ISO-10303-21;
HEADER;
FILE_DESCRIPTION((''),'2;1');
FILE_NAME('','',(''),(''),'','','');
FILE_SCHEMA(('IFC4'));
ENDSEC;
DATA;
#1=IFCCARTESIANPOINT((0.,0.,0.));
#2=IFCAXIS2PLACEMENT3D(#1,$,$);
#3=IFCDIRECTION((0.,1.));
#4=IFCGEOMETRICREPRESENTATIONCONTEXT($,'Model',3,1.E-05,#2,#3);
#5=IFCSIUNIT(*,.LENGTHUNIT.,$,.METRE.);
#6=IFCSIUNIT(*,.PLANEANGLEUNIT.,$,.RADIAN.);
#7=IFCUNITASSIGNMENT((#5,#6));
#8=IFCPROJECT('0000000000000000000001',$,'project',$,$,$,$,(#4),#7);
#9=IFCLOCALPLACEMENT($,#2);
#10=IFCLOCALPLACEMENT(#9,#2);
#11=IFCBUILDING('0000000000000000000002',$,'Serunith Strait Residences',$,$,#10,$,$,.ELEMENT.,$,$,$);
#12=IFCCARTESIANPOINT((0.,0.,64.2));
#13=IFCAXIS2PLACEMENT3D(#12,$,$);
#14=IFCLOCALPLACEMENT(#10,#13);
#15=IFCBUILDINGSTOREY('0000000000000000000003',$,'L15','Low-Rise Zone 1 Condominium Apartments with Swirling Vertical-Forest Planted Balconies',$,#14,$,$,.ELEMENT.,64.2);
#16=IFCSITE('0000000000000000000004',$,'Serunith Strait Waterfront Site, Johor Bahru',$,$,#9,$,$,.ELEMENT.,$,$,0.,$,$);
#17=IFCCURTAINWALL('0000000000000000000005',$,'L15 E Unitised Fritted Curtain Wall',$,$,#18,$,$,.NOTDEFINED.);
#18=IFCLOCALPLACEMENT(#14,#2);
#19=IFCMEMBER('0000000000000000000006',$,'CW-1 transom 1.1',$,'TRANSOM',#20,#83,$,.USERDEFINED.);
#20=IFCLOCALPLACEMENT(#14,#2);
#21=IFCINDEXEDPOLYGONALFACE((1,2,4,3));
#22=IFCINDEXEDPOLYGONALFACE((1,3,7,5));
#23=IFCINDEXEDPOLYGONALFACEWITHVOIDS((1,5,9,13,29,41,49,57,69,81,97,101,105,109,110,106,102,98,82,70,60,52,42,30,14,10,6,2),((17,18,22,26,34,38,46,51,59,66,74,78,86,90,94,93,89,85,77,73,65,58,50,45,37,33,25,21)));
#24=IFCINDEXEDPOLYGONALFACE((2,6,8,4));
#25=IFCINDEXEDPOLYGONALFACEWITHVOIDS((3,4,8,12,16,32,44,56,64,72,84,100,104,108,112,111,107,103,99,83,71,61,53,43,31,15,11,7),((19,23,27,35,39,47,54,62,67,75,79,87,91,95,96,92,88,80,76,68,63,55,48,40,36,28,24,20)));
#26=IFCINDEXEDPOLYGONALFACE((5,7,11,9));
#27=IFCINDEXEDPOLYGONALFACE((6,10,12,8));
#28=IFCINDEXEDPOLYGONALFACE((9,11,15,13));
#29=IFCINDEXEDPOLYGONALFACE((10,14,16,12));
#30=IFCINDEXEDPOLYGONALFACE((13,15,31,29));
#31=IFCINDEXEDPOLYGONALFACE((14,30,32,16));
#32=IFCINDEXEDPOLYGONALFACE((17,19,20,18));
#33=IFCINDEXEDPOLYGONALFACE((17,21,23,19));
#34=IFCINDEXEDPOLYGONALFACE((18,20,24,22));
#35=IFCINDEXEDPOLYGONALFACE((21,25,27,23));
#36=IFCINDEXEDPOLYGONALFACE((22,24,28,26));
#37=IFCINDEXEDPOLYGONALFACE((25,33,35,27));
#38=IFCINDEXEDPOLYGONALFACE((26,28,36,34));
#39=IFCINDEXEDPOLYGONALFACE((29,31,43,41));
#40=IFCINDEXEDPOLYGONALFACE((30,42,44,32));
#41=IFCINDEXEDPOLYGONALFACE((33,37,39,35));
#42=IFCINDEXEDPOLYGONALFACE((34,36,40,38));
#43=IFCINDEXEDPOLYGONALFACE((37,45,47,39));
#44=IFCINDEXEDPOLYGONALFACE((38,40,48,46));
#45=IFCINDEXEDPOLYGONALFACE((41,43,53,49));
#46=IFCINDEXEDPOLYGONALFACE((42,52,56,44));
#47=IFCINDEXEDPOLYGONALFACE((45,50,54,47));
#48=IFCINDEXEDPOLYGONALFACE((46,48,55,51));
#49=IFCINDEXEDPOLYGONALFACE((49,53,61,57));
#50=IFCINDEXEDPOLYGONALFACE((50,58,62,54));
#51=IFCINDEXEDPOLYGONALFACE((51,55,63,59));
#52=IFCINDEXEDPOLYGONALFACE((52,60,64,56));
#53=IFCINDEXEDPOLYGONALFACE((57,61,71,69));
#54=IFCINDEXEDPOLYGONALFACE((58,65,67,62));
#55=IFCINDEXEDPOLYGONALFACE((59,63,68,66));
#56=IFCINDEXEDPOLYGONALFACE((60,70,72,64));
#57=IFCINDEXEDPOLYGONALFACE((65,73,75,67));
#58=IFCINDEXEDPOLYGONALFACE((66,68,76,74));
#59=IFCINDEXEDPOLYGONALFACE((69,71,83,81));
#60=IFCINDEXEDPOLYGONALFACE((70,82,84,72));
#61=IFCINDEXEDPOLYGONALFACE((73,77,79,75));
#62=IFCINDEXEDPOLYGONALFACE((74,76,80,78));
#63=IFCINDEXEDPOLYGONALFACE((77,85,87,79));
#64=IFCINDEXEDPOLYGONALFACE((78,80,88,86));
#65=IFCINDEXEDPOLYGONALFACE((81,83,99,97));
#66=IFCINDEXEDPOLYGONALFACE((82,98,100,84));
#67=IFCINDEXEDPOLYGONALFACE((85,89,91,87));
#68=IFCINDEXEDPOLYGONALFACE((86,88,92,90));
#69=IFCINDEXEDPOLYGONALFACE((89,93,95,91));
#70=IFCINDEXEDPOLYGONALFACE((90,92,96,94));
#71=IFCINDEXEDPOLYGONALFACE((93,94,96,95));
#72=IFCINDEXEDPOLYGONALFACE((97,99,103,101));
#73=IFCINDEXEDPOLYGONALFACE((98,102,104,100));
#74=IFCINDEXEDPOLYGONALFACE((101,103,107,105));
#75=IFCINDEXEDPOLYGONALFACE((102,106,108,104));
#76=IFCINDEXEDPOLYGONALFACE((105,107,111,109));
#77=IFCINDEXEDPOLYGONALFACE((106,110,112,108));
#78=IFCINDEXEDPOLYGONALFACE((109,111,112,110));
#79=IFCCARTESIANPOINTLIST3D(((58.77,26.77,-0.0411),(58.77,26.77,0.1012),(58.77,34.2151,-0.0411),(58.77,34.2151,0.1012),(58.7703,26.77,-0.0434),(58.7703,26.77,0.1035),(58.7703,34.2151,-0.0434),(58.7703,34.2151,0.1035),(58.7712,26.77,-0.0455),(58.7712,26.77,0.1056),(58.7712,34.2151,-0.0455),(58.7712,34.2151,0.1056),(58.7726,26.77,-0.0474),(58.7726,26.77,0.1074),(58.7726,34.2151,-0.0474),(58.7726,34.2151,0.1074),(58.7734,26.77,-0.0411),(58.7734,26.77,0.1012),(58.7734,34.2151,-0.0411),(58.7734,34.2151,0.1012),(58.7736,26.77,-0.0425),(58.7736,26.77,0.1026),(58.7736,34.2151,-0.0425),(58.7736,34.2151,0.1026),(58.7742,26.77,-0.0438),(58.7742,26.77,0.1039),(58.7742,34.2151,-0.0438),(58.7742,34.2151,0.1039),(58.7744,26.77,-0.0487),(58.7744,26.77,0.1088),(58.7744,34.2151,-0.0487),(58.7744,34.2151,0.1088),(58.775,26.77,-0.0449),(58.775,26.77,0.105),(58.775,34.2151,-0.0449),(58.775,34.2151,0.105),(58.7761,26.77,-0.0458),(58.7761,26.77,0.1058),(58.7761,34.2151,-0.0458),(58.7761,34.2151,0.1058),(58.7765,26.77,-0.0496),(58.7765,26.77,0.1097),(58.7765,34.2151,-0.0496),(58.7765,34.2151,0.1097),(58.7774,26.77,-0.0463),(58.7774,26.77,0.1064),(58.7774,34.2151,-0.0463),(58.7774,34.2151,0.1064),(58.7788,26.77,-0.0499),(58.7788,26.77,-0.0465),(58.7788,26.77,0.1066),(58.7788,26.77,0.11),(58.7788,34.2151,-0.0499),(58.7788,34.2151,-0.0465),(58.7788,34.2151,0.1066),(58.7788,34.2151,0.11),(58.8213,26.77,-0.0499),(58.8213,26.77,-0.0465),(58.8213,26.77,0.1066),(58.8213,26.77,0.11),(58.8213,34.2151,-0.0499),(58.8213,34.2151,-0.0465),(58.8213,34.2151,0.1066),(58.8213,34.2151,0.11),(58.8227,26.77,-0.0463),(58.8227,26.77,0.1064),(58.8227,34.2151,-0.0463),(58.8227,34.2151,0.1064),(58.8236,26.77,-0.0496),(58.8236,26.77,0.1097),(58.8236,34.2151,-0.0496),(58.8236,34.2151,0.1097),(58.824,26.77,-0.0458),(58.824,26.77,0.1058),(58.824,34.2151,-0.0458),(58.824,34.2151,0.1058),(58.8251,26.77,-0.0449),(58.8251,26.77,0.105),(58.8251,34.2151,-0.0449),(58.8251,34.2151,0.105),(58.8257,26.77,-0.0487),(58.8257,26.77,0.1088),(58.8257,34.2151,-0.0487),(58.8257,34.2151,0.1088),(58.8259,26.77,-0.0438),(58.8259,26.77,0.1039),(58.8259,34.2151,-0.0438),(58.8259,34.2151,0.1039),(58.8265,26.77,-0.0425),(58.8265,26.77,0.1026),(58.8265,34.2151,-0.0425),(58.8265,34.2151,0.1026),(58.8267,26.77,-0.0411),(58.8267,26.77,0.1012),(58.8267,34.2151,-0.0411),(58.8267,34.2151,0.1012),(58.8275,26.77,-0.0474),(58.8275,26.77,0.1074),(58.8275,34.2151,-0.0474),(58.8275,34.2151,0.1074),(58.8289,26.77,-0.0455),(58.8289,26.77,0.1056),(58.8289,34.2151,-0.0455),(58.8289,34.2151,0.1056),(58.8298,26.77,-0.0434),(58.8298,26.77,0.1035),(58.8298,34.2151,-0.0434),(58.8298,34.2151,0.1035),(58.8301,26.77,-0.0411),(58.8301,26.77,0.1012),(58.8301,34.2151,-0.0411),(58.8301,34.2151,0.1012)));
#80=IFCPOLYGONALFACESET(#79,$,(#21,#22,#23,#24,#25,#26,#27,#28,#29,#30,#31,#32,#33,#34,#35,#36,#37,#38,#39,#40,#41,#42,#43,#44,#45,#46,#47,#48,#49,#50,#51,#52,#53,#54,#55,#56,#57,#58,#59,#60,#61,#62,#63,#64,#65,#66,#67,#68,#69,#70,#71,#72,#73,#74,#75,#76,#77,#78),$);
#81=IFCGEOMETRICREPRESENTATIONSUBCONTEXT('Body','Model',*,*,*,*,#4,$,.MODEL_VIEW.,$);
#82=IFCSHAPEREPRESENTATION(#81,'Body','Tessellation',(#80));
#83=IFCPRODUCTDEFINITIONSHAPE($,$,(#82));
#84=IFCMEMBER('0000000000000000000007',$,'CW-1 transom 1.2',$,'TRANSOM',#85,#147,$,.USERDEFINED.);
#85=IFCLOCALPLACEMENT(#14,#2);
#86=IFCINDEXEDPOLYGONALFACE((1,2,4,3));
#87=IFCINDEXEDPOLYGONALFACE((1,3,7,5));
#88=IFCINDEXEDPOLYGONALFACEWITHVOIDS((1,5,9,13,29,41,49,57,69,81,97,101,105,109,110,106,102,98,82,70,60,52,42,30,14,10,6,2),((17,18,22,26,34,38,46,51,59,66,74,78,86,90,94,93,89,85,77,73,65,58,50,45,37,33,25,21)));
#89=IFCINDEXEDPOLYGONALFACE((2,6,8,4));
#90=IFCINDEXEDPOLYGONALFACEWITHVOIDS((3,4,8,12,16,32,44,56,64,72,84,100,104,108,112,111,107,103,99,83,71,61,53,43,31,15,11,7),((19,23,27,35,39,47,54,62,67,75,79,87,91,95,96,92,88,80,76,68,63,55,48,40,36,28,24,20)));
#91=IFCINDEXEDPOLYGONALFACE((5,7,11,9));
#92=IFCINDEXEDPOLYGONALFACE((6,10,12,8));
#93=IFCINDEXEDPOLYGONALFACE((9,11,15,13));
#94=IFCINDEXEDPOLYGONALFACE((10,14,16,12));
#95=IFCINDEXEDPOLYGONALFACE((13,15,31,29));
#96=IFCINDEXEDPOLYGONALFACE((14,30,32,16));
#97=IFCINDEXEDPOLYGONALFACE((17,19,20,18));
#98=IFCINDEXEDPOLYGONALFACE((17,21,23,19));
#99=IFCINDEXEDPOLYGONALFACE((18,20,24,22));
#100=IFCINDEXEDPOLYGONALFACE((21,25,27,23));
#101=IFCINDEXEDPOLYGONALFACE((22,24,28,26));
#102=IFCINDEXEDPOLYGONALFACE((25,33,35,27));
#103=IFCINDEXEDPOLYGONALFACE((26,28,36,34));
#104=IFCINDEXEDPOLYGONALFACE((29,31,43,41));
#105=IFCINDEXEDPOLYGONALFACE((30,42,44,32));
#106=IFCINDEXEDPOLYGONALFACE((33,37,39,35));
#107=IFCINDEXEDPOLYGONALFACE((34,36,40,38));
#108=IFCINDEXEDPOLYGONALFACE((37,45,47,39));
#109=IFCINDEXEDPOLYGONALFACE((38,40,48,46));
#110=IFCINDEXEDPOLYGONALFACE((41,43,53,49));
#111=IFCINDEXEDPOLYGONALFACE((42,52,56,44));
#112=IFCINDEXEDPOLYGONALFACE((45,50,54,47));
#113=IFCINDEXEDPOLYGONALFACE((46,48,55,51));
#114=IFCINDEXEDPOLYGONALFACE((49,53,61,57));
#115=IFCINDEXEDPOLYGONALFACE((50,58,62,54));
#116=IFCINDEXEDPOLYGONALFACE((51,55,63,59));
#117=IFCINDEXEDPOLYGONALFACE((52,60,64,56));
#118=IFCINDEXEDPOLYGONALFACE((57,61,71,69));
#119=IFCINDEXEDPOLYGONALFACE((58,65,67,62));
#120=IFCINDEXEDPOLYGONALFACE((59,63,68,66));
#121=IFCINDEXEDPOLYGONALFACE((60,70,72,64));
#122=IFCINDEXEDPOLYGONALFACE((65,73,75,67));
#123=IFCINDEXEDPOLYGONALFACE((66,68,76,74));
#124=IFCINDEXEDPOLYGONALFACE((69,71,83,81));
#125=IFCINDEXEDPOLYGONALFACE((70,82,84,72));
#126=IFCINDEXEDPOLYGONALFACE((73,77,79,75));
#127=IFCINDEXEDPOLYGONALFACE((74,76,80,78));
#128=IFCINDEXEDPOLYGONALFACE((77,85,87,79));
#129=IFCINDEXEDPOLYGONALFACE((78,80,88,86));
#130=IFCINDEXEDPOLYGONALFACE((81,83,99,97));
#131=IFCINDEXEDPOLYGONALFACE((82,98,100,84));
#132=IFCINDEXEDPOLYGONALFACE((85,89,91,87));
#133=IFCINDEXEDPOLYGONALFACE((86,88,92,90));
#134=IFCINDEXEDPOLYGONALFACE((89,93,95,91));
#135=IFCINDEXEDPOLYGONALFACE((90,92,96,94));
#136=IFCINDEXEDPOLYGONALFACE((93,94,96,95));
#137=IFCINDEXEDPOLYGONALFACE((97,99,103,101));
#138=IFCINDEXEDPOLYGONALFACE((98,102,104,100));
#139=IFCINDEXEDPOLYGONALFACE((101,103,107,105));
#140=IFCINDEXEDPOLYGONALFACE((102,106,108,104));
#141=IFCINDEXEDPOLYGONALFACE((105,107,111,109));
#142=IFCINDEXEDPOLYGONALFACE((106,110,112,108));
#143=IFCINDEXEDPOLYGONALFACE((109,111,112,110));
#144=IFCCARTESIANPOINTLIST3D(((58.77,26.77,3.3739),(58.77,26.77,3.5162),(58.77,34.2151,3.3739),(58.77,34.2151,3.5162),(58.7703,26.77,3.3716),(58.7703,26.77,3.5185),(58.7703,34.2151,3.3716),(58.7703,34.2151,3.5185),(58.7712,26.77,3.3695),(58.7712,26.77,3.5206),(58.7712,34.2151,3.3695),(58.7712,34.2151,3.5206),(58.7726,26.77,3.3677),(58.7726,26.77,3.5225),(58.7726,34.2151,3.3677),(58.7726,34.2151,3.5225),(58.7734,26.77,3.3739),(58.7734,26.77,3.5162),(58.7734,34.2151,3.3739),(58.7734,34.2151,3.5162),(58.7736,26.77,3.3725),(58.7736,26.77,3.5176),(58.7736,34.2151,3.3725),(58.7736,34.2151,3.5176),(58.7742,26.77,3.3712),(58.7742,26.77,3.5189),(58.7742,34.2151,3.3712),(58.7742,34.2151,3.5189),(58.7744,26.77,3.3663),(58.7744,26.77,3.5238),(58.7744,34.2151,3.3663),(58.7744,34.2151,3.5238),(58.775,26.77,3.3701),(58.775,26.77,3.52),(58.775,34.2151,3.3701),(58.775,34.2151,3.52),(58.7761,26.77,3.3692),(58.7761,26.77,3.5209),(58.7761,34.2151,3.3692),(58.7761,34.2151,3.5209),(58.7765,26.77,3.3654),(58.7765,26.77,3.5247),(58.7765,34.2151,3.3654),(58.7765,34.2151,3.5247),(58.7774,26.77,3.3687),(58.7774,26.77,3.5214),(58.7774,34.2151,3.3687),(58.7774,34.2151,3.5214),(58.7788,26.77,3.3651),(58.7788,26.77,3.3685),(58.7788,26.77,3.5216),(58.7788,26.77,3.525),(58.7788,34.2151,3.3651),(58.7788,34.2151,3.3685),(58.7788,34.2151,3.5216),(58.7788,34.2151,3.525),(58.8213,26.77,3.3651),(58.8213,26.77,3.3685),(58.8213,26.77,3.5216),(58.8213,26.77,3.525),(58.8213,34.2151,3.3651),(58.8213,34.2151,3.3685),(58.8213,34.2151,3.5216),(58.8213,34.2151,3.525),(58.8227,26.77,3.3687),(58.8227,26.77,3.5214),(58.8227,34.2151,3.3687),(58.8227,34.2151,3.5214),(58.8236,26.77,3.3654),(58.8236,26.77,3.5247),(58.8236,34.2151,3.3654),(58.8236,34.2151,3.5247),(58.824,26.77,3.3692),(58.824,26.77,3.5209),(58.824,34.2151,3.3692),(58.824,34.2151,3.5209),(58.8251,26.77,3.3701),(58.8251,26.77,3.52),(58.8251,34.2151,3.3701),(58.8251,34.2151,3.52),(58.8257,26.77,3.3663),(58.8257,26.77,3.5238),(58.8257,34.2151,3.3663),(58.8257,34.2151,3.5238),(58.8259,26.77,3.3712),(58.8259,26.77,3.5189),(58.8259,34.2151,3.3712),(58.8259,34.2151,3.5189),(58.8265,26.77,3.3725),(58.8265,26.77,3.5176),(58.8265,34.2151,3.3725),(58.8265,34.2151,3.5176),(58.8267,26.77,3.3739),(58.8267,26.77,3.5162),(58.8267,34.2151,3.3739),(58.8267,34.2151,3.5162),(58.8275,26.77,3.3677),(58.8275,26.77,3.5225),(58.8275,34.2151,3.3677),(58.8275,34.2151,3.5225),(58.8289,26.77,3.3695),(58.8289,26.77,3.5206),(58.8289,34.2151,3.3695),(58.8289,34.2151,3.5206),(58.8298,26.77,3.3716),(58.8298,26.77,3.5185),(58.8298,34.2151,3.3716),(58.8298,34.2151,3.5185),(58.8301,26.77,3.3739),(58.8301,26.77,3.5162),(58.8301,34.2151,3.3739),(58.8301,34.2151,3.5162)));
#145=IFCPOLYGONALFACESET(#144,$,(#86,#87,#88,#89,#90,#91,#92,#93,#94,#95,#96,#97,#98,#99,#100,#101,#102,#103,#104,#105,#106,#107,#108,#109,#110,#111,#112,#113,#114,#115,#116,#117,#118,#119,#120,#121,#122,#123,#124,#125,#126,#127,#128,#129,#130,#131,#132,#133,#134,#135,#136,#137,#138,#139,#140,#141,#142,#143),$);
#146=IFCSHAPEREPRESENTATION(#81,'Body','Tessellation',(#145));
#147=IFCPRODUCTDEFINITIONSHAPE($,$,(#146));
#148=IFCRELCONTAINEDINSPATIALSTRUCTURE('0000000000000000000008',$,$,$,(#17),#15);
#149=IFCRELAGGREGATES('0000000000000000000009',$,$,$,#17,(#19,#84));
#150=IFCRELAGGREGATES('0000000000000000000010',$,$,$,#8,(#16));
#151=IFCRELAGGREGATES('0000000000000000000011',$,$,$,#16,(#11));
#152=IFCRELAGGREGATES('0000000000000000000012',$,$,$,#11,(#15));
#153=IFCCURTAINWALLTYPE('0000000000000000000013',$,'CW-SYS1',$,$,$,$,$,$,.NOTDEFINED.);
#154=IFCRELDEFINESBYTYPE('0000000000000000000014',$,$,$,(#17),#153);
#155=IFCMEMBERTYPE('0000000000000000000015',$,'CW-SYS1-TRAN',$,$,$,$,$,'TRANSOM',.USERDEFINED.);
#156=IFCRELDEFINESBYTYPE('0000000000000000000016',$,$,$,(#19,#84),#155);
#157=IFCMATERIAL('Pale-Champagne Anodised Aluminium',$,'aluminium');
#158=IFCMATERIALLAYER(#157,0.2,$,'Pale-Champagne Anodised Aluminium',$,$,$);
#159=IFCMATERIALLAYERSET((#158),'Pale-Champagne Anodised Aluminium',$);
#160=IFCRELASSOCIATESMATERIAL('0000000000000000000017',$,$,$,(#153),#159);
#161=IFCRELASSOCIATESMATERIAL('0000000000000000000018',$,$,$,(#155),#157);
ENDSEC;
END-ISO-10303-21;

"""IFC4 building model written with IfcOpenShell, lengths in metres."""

from ifc_helpers import new_model, si_unit, direction, frame, origin, origin_2d, place, context, subcontext, project, spatial, hollow_rectangle, extrude, source, transform, mapped, material, layer, layer_set, material_profile, profile_set, type_object, element, aggregate, save


model = new_model("IFC4")

# Units and contexts
model_context = context("Model", 3, precision=1e-05, world=origin(), true_north=direction((0.0, 1.0)))
body_context = subcontext(model_context, "Body", "Model", "MODEL_VIEW")
ifc_project = project(units=[si_unit("LENGTHUNIT", "METRE"), si_unit("PLANEANGLEUNIT", "RADIAN")], contexts=[model_context])

# Site, building, storey
site_placement = place(None, origin())
site = spatial("IfcSite", under=ifc_project, at=site_placement, Name="Serunith Strait Waterfront Site, Johor Bahru", CompositionType="ELEMENT", RefElevation=0.0)
building_placement = place(site_placement, origin())
building = spatial("IfcBuilding", under=site, at=building_placement, Name="Serunith Strait Residences", CompositionType="ELEMENT")
storey_placement = place(building_placement, frame((0.0, 0.0, 64.2)))
storey = spatial("IfcBuildingStorey", under=building, at=storey_placement, Name="L15", Description="Low-Rise Zone 1 Condominium Apartments with Swirling Vertical-Forest Planted Balconies", CompositionType="ELEMENT", Elevation=64.2)

# Curtain wall, members
ifc_material_1 = material(Name="Pale-Champagne Anodised Aluminium", Category="aluminium")
ifc_layer_1 = layer(ifc_material_1, 0.2, Name="Pale-Champagne Anodised Aluminium")
ifc_layer_set_1 = layer_set([ifc_layer_1], Name="Pale-Champagne Anodised Aluminium")
curtain_wall_type = type_object("IfcCurtainWallType", Name="CW-SYS1", PredefinedType="NOTDEFINED", material=ifc_layer_set_1)
curtain_wall_placement = place(storey_placement, origin())
curtain_wall = element("IfcCurtainWall", 1, at=curtain_wall_placement, inside=storey, type_object=curtain_wall_type, Name="L15 E Unitised Fritted Curtain Wall", PredefinedType="NOTDEFINED")
ifc_material_profile_1 = material_profile(ifc_material_1, hollow_rectangle(XDim=0.0601, YDim=0.1599, WallThickness=0.0034, InnerFilletRadius=0.0054, OuterFilletRadius=0.0088, at=origin_2d()), Name="ALU 160x60x3.5")
ifc_profile_set_1 = profile_set([ifc_material_profile_1], Name="Pale-Champagne Anodised Aluminium")
member_type_1 = type_object("IfcMemberType", Name="CW-SYS1-TRAN", ElementType="TRANSOM", PredefinedType="USERDEFINED", material=ifc_profile_set_1)
shared_shape_1 = source(origin(), body_context, "Body", "SweptSolid", [
    extrude(hollow_rectangle(XDim=0.0601, YDim=0.1599, WallThickness=0.0034, InnerFilletRadius=0.0054, OuterFilletRadius=0.0088, at=origin_2d()), origin(), (0.0, 0.0, 1.0), 7.4451),
])
member_1_placement = place(storey_placement, frame((58.8, 26.77, 0.03), z_axis=(0.0, 1.0, 0.0), x_axis=(-1.0, 0.0, 0.0)))
member_1 = element("IfcMember", 2, at=member_1_placement, type_object=member_type_1, Name="CW-1 transom 1.1", ObjectType="TRANSOM", PredefinedType="USERDEFINED", context=body_context, shape_type="MappedRepresentation", body=[
    mapped(shared_shape_1, transform((0.0, 0.0, 0.0), scale=1.0)),
])
member_2_placement = place(storey_placement, frame((58.8, 26.77, 3.4451), z_axis=(0.0, 1.0, 0.0), x_axis=(-1.0, 0.0, 0.0)))
member_2 = element("IfcMember", 3, at=member_2_placement, type_object=member_type_1, Name="CW-1 transom 1.2", ObjectType="TRANSOM", PredefinedType="USERDEFINED", context=body_context, shape_type="MappedRepresentation", body=[
    mapped(shared_shape_1, transform((0.0, 0.0, 0.0), scale=1.0)),
])
aggregate(curtain_wall, [member_1, member_2])

save(model, "model.ifc")
